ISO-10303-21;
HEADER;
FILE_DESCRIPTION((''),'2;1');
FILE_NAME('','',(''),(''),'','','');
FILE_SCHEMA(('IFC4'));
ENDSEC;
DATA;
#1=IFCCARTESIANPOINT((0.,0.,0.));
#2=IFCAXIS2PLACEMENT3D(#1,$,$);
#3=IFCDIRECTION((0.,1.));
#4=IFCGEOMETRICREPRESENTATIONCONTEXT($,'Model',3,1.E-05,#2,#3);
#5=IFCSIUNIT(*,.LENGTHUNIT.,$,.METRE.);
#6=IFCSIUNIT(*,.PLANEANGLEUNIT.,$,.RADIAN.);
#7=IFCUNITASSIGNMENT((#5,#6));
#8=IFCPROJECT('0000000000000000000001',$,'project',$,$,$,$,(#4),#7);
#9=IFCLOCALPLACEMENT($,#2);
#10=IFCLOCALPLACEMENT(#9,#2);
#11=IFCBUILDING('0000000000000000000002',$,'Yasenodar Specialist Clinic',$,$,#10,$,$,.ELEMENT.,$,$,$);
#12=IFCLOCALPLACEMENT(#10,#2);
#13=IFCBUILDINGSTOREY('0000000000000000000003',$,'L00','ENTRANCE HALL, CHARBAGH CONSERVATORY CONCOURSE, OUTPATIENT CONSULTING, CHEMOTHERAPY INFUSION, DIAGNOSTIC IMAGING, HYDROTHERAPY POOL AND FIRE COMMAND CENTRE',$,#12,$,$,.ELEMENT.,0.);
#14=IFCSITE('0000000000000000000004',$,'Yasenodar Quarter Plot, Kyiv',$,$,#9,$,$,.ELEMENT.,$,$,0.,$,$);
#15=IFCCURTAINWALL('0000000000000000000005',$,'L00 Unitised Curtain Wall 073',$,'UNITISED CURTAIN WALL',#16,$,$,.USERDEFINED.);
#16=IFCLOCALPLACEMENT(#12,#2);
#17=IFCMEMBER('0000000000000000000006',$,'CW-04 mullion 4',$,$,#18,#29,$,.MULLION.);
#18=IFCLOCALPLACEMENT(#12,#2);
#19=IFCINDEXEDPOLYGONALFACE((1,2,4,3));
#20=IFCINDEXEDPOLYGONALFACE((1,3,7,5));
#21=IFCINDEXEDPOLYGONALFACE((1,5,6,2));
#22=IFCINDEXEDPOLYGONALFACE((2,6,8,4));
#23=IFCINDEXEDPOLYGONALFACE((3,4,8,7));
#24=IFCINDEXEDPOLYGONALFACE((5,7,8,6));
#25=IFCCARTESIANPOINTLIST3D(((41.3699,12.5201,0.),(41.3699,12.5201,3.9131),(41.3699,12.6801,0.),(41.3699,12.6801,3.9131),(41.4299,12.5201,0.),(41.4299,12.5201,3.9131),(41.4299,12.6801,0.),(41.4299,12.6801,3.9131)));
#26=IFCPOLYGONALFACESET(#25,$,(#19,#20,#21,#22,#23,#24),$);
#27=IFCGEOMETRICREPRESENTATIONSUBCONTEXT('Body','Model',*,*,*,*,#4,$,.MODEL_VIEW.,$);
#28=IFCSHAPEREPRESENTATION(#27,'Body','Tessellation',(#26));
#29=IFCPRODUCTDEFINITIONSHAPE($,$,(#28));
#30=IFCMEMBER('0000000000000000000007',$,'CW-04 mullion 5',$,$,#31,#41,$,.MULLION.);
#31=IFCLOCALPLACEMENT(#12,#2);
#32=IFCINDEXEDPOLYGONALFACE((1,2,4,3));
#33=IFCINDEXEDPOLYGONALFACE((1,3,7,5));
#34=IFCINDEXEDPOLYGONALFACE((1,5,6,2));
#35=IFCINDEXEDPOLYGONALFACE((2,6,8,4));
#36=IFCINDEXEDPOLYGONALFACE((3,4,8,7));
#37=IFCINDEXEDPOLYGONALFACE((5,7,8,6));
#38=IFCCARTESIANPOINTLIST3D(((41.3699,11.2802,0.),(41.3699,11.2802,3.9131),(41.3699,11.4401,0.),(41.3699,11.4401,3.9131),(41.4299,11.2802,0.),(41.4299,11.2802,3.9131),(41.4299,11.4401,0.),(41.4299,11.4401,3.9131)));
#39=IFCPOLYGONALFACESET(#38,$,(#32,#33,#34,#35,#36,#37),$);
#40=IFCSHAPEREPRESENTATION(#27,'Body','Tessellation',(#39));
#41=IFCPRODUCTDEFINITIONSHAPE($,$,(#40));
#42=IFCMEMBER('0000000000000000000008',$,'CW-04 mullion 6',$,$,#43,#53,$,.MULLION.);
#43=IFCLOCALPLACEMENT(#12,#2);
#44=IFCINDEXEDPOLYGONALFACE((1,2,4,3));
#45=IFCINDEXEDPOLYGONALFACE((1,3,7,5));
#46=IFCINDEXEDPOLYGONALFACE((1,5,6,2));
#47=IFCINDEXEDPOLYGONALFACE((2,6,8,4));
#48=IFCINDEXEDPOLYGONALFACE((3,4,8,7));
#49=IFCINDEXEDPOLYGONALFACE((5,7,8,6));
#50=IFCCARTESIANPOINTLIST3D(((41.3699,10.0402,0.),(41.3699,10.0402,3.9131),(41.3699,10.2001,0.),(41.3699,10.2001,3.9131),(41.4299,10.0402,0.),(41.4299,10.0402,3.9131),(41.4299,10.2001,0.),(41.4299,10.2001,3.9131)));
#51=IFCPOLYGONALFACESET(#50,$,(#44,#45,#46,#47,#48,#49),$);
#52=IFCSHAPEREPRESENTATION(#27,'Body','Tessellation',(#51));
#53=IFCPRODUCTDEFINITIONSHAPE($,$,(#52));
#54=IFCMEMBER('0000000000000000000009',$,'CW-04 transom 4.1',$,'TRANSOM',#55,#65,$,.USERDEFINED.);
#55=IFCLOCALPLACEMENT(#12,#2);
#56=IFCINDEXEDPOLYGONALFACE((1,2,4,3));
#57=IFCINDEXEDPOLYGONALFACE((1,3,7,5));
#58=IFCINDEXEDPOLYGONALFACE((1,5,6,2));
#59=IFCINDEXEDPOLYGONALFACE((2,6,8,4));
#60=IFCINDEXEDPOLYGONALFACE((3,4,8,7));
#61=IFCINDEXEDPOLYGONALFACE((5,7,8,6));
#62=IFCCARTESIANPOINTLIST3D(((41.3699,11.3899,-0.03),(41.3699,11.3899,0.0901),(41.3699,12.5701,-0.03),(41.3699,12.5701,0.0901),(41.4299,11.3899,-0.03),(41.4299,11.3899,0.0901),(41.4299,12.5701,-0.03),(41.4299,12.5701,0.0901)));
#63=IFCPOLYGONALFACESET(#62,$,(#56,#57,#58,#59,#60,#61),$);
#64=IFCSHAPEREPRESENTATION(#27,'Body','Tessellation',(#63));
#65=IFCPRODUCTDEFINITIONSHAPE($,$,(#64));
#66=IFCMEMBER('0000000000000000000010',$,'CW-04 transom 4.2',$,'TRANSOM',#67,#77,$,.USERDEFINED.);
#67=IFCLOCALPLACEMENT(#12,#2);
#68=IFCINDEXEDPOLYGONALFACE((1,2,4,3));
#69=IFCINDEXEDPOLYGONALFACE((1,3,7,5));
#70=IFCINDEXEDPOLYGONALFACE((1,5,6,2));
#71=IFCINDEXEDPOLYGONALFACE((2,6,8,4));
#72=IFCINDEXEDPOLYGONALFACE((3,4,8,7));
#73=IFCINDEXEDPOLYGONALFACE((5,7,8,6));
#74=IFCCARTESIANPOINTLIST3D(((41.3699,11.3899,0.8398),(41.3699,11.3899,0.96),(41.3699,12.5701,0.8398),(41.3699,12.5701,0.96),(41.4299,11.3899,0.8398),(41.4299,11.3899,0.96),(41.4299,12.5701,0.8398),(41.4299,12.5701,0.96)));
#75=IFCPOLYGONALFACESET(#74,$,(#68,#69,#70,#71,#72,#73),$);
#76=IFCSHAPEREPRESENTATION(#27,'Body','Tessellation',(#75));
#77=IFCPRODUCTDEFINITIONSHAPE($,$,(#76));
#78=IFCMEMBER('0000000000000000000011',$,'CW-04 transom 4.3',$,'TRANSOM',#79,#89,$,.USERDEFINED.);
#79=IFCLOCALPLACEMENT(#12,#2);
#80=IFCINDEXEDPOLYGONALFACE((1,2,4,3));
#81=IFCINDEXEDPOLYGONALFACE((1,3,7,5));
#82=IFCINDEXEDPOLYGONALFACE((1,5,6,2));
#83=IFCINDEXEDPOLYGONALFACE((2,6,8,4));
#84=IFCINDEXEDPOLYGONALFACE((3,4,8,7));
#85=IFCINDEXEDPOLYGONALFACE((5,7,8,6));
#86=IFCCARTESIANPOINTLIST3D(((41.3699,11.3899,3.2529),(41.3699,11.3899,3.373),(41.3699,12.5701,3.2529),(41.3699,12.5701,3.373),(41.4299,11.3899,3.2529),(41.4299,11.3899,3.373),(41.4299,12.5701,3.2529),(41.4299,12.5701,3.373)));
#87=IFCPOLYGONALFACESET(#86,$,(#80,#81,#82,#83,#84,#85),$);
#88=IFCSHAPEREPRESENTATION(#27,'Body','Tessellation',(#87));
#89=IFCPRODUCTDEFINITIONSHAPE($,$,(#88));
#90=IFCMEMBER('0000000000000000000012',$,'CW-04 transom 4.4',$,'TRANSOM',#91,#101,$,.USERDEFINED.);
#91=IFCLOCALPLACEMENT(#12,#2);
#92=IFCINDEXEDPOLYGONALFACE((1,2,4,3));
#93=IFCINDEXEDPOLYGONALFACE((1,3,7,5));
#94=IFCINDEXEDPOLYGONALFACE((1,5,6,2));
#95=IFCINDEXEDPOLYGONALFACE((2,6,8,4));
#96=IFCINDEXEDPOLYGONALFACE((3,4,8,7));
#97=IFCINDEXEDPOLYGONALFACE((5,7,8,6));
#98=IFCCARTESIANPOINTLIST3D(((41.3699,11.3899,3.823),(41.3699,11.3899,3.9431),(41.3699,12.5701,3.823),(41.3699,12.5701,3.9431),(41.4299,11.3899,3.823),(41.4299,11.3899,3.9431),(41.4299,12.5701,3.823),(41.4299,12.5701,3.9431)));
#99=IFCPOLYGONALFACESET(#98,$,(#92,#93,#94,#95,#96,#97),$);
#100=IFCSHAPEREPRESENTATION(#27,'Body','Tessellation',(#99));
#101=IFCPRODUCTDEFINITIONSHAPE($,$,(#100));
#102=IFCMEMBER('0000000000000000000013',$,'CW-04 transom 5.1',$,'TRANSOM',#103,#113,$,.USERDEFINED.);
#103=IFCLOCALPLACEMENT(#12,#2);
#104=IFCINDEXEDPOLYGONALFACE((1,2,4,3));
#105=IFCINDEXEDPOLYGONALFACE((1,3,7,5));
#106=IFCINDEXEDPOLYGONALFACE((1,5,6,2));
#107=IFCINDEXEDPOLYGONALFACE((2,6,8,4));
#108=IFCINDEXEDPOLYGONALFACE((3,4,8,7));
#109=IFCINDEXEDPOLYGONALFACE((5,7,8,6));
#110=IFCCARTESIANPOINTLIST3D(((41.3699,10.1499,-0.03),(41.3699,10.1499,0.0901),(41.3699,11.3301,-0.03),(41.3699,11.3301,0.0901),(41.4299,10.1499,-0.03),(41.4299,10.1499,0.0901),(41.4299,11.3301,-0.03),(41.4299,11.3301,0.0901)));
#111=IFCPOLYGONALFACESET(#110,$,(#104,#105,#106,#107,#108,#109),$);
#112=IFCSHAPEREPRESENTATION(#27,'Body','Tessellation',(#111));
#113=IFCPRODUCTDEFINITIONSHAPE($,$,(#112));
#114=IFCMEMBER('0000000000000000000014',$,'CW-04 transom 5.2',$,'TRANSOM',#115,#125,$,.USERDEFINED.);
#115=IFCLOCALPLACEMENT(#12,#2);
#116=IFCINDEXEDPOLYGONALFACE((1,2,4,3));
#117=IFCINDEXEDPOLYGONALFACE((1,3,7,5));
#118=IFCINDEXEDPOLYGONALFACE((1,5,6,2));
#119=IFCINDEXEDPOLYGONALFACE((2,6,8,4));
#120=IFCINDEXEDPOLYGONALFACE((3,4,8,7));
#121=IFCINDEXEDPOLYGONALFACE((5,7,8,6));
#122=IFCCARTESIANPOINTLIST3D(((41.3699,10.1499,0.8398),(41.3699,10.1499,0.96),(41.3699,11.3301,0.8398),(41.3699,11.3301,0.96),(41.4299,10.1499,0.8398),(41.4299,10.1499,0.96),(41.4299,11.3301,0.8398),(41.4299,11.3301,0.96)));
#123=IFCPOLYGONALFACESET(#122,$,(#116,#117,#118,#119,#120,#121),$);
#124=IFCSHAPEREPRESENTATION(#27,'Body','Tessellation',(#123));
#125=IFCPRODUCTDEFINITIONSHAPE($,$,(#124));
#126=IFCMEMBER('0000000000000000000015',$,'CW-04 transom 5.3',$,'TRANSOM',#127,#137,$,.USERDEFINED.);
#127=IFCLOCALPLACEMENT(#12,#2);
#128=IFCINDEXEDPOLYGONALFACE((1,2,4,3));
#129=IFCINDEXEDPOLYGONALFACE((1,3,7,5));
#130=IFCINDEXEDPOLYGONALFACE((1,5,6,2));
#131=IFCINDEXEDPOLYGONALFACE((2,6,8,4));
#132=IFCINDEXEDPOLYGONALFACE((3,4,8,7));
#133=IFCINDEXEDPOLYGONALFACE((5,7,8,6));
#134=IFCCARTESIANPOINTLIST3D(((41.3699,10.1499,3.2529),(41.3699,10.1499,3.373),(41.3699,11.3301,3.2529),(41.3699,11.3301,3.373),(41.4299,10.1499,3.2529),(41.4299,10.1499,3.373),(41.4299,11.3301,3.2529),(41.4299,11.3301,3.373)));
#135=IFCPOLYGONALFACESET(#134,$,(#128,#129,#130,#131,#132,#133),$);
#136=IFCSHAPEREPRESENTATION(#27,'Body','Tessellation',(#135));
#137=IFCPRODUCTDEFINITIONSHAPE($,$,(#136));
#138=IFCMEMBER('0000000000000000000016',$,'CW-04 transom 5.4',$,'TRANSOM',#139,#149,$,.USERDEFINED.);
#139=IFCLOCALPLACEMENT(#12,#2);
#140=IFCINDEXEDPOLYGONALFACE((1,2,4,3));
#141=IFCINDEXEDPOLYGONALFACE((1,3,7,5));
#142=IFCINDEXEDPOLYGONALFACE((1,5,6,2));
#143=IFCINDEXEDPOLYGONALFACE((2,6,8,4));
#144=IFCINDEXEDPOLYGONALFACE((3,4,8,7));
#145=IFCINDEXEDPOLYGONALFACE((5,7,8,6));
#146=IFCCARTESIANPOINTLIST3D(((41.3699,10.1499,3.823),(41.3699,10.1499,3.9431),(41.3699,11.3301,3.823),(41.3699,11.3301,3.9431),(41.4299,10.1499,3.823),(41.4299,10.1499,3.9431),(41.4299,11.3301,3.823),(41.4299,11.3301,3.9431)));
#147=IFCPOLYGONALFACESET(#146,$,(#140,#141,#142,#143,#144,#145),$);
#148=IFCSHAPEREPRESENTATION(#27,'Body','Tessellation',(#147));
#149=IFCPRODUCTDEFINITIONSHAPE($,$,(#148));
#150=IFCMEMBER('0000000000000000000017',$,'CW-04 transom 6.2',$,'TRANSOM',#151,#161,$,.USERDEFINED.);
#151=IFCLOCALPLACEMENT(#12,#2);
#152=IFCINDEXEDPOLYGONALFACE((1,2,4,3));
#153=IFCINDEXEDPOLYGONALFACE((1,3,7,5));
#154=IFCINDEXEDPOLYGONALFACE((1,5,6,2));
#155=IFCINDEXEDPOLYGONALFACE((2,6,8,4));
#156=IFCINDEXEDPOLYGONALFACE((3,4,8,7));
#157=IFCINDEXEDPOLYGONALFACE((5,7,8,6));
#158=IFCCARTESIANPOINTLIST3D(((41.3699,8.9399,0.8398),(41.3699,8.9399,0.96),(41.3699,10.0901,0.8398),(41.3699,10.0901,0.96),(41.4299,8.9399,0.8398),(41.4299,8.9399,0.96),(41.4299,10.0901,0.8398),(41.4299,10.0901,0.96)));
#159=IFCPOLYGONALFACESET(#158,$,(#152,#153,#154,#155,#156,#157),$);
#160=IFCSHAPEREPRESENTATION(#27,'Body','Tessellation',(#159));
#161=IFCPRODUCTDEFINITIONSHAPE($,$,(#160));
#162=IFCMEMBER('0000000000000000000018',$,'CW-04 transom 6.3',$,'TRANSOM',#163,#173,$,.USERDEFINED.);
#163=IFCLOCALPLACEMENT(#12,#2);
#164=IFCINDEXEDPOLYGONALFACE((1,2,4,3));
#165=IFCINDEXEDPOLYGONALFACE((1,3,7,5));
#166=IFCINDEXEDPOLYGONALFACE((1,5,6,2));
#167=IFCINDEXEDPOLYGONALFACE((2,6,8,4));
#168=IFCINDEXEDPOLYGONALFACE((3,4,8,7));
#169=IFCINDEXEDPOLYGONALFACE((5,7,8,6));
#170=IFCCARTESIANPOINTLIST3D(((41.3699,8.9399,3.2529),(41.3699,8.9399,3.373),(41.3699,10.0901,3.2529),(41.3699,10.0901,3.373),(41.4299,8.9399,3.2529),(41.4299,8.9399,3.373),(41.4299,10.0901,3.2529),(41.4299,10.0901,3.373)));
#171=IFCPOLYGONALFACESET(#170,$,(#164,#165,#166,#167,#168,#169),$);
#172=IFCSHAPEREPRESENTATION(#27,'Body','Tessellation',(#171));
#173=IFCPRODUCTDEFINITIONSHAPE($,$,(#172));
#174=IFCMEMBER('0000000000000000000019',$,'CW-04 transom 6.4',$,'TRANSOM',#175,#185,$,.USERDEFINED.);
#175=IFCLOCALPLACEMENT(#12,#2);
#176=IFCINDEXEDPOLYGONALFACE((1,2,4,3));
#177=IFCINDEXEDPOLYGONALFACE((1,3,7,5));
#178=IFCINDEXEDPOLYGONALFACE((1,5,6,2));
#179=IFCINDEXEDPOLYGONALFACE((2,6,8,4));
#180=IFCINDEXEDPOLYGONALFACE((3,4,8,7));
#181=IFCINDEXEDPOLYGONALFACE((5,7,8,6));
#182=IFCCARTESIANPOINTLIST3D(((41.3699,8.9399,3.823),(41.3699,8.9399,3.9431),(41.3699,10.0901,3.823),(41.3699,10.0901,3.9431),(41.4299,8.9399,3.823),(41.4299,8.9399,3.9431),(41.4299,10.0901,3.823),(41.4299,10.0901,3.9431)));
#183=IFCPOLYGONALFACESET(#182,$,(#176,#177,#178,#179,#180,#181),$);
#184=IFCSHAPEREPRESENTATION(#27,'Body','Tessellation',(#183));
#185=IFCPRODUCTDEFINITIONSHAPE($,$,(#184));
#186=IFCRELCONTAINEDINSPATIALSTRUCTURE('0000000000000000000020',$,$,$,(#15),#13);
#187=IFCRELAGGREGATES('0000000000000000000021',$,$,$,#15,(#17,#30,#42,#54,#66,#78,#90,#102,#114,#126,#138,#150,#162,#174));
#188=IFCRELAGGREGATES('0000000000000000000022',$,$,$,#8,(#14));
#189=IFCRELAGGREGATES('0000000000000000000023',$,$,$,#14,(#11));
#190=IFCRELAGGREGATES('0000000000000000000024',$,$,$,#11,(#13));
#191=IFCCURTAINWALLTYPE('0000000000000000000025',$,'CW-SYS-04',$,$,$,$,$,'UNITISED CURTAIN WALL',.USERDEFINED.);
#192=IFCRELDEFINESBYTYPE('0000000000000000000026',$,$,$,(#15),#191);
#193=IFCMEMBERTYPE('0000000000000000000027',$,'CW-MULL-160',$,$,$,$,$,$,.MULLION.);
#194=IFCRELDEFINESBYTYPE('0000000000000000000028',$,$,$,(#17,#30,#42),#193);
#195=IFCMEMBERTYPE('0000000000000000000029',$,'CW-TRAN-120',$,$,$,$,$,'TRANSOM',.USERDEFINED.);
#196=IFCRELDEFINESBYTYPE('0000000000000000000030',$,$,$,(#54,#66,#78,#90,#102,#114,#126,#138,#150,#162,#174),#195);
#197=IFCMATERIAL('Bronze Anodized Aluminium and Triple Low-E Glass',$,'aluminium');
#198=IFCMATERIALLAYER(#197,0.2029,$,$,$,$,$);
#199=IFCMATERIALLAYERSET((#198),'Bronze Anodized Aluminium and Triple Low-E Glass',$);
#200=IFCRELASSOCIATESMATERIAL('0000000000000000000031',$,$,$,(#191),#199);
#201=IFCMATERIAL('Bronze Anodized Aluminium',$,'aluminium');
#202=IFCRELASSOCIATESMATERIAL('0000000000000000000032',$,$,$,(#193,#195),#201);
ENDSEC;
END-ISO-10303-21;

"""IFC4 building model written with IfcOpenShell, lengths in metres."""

from ifc_helpers import new_model, si_unit, direction, frame, origin, origin_2d, place, context, subcontext, project, spatial, rectangle, extrude, material, layer, layer_set, material_profile, profile_set, type_object, element, aggregate, save


model = new_model("IFC4")

# Units and contexts
model_context = context("Model", 3, precision=1e-05, world=origin(), true_north=direction((0.0, 1.0)))
body_context = subcontext(model_context, "Body", "Model", "MODEL_VIEW")
ifc_project = project(units=[si_unit("LENGTHUNIT", "METRE"), si_unit("PLANEANGLEUNIT", "RADIAN")], contexts=[model_context])

# Site, building, storey
site_placement = place(None, origin())
site = spatial("IfcSite", under=ifc_project, at=site_placement, Name="Yasenodar Quarter Plot, Kyiv", CompositionType="ELEMENT", RefElevation=0.0)
building_placement = place(site_placement, origin())
building = spatial("IfcBuilding", under=site, at=building_placement, Name="Yasenodar Specialist Clinic", CompositionType="ELEMENT")
storey_placement = place(building_placement, origin())
storey = spatial("IfcBuildingStorey", under=building, at=storey_placement, Name="L00", Description="ENTRANCE HALL, CHARBAGH CONSERVATORY CONCOURSE, OUTPATIENT CONSULTING, CHEMOTHERAPY INFUSION, DIAGNOSTIC IMAGING, HYDROTHERAPY POOL AND FIRE COMMAND CENTRE", CompositionType="ELEMENT", Elevation=0.0)

# Curtain wall, members
ifc_material_1 = material(Name="Bronze Anodized Aluminium and Triple Low-E Glass", Category="aluminium")
ifc_layer_1 = layer(ifc_material_1, 0.2029)
ifc_layer_set_1 = layer_set([ifc_layer_1], Name="Bronze Anodized Aluminium and Triple Low-E Glass")
curtain_wall_type = type_object("IfcCurtainWallType", Name="CW-SYS-04", ElementType="UNITISED CURTAIN WALL", PredefinedType="USERDEFINED", material=ifc_layer_set_1)
curtain_wall_placement = place(storey_placement, origin())
curtain_wall = element("IfcCurtainWall", 1, at=curtain_wall_placement, inside=storey, type_object=curtain_wall_type, Name="L00 Unitised Curtain Wall 073", ObjectType="UNITISED CURTAIN WALL", PredefinedType="USERDEFINED")
ifc_material_2 = material(Name="Bronze Anodized Aluminium", Category="aluminium")
ifc_material_profile_1 = material_profile(ifc_material_2, rectangle(XDim=0.0601, YDim=0.1599, at=origin_2d()), Name="CW-MULL 60x160")
ifc_profile_set_1 = profile_set([ifc_material_profile_1], Name="Bronze Anodized Aluminium")
member_type_1 = type_object("IfcMemberType", Name="CW-MULL-160", PredefinedType="MULLION", material=ifc_profile_set_1)
member_1_placement = place(storey_placement, frame((41.3999, 12.6001, 0.0), z_axis=(0.0, 0.0, 1.0), x_axis=(1.0, 0.0, 0.0)))
member_1 = element("IfcMember", 2, at=member_1_placement, type_object=member_type_1, Name="CW-04 mullion 4", PredefinedType="MULLION", context=body_context, shape_type="SweptSolid", body=[
    extrude(rectangle(XDim=0.0601, YDim=0.1599, at=origin_2d()), origin(), (0.0, 0.0, 1.0), 3.9131),
])
member_2_placement = place(storey_placement, frame((41.3999, 11.3601, 0.0), z_axis=(0.0, 0.0, 1.0), x_axis=(1.0, 0.0, 0.0)))
member_2 = element("IfcMember", 3, at=member_2_placement, type_object=member_type_1, Name="CW-04 mullion 5", PredefinedType="MULLION", context=body_context, shape_type="SweptSolid", body=[
    extrude(rectangle(XDim=0.0601, YDim=0.1599, at=origin_2d()), origin(), (0.0, 0.0, 1.0), 3.9131),
])
member_3_placement = place(storey_placement, frame((41.3999, 10.1201, 0.0), z_axis=(0.0, 0.0, 1.0), x_axis=(1.0, 0.0, 0.0)))
member_3 = element("IfcMember", 4, at=member_3_placement, type_object=member_type_1, Name="CW-04 mullion 6", PredefinedType="MULLION", context=body_context, shape_type="SweptSolid", body=[
    extrude(rectangle(XDim=0.0601, YDim=0.1599, at=origin_2d()), origin(), (0.0, 0.0, 1.0), 3.9131),
])
ifc_material_profile_2 = material_profile(ifc_material_2, rectangle(XDim=0.0601, YDim=0.1201, at=origin_2d()), Name="CW-TRAN 60x120")
ifc_profile_set_2 = profile_set([ifc_material_profile_2], Name="Bronze Anodized Aluminium")
member_type_2 = type_object("IfcMemberType", Name="CW-TRAN-120", ElementType="TRANSOM", PredefinedType="USERDEFINED", material=ifc_profile_set_2)
member_4_placement = place(storey_placement, frame((41.3999, 12.5701, 0.03), z_axis=(0.0, -1.0, 0.0), x_axis=(1.0, 0.0, 0.0)))
member_4 = element("IfcMember", 5, at=member_4_placement, type_object=member_type_2, Name="CW-04 transom 4.1", ObjectType="TRANSOM", PredefinedType="USERDEFINED", context=body_context, shape_type="SweptSolid", body=[
    extrude(rectangle(XDim=0.0601, YDim=0.1201, at=origin_2d()), origin(), (0.0, 0.0, 1.0), 1.1802),
])
member_5_placement = place(storey_placement, frame((41.3999, 12.5701, 0.8999), z_axis=(0.0, -1.0, 0.0), x_axis=(1.0, 0.0, 0.0)))
member_5 = element("IfcMember", 6, at=member_5_placement, type_object=member_type_2, Name="CW-04 transom 4.2", ObjectType="TRANSOM", PredefinedType="USERDEFINED", context=body_context, shape_type="SweptSolid", body=[
    extrude(rectangle(XDim=0.0601, YDim=0.1201, at=origin_2d()), origin(), (0.0, 0.0, 1.0), 1.1802),
])
member_6_placement = place(storey_placement, frame((41.3999, 12.5701, 3.313), z_axis=(0.0, -1.0, 0.0), x_axis=(1.0, 0.0, 0.0)))
member_6 = element("IfcMember", 7, at=member_6_placement, type_object=member_type_2, Name="CW-04 transom 4.3", ObjectType="TRANSOM", PredefinedType="USERDEFINED", context=body_context, shape_type="SweptSolid", body=[
    extrude(rectangle(XDim=0.0601, YDim=0.1201, at=origin_2d()), origin(), (0.0, 0.0, 1.0), 1.1802),
])
member_7_placement = place(storey_placement, frame((41.3999, 12.5701, 3.8831), z_axis=(0.0, -1.0, 0.0), x_axis=(1.0, 0.0, 0.0)))
member_7 = element("IfcMember", 8, at=member_7_placement, type_object=member_type_2, Name="CW-04 transom 4.4", ObjectType="TRANSOM", PredefinedType="USERDEFINED", context=body_context, shape_type="SweptSolid", body=[
    extrude(rectangle(XDim=0.0601, YDim=0.1201, at=origin_2d()), origin(), (0.0, 0.0, 1.0), 1.1802),
])
member_8_placement = place(storey_placement, frame((41.3999, 11.3301, 0.03), z_axis=(0.0, -1.0, 0.0), x_axis=(1.0, 0.0, 0.0)))
member_8 = element("IfcMember", 9, at=member_8_placement, type_object=member_type_2, Name="CW-04 transom 5.1", ObjectType="TRANSOM", PredefinedType="USERDEFINED", context=body_context, shape_type="SweptSolid", body=[
    extrude(rectangle(XDim=0.0601, YDim=0.1201, at=origin_2d()), origin(), (0.0, 0.0, 1.0), 1.1802),
])
member_9_placement = place(storey_placement, frame((41.3999, 11.3301, 0.8999), z_axis=(0.0, -1.0, 0.0), x_axis=(1.0, 0.0, 0.0)))
member_9 = element("IfcMember", 10, at=member_9_placement, type_object=member_type_2, Name="CW-04 transom 5.2", ObjectType="TRANSOM", PredefinedType="USERDEFINED", context=body_context, shape_type="SweptSolid", body=[
    extrude(rectangle(XDim=0.0601, YDim=0.1201, at=origin_2d()), origin(), (0.0, 0.0, 1.0), 1.1802),
])
member_10_placement = place(storey_placement, frame((41.3999, 11.3301, 3.313), z_axis=(0.0, -1.0, 0.0), x_axis=(1.0, 0.0, 0.0)))
member_10 = element("IfcMember", 11, at=member_10_placement, type_object=member_type_2, Name="CW-04 transom 5.3", ObjectType="TRANSOM", PredefinedType="USERDEFINED", context=body_context, shape_type="SweptSolid", body=[
    extrude(rectangle(XDim=0.0601, YDim=0.1201, at=origin_2d()), origin(), (0.0, 0.0, 1.0), 1.1802),
])
member_11_placement = place(storey_placement, frame((41.3999, 11.3301, 3.8831), z_axis=(0.0, -1.0, 0.0), x_axis=(1.0, 0.0, 0.0)))
member_11 = element("IfcMember", 12, at=member_11_placement, type_object=member_type_2, Name="CW-04 transom 5.4", ObjectType="TRANSOM", PredefinedType="USERDEFINED", context=body_context, shape_type="SweptSolid", body=[
    extrude(rectangle(XDim=0.0601, YDim=0.1201, at=origin_2d()), origin(), (0.0, 0.0, 1.0), 1.1802),
])
member_12_placement = place(storey_placement, frame((41.3999, 10.0901, 0.8999), z_axis=(0.0, -1.0, 0.0), x_axis=(1.0, 0.0, 0.0)))
member_12 = element("IfcMember", 13, at=member_12_placement, type_object=member_type_2, Name="CW-04 transom 6.2", ObjectType="TRANSOM", PredefinedType="USERDEFINED", context=body_context, shape_type="SweptSolid", body=[
    extrude(rectangle(XDim=0.0601, YDim=0.1201, at=origin_2d()), origin(), (0.0, 0.0, 1.0), 1.1501),
])
member_13_placement = place(storey_placement, frame((41.3999, 10.0901, 3.313), z_axis=(0.0, -1.0, 0.0), x_axis=(1.0, 0.0, 0.0)))
member_13 = element("IfcMember", 14, at=member_13_placement, type_object=member_type_2, Name="CW-04 transom 6.3", ObjectType="TRANSOM", PredefinedType="USERDEFINED", context=body_context, shape_type="SweptSolid", body=[
    extrude(rectangle(XDim=0.0601, YDim=0.1201, at=origin_2d()), origin(), (0.0, 0.0, 1.0), 1.1501),
])
member_14_placement = place(storey_placement, frame((41.3999, 10.0901, 3.8831), z_axis=(0.0, -1.0, 0.0), x_axis=(1.0, 0.0, 0.0)))
member_14 = element("IfcMember", 15, at=member_14_placement, type_object=member_type_2, Name="CW-04 transom 6.4", ObjectType="TRANSOM", PredefinedType="USERDEFINED", context=body_context, shape_type="SweptSolid", body=[
    extrude(rectangle(XDim=0.0601, YDim=0.1201, at=origin_2d()), origin(), (0.0, 0.0, 1.0), 1.1501),
])
aggregate(curtain_wall, [member_1, member_2, member_3, member_4, member_5, member_6, member_7, member_8, member_9, member_10, member_11, member_12, member_13, member_14])

save(model, "model.ifc")
